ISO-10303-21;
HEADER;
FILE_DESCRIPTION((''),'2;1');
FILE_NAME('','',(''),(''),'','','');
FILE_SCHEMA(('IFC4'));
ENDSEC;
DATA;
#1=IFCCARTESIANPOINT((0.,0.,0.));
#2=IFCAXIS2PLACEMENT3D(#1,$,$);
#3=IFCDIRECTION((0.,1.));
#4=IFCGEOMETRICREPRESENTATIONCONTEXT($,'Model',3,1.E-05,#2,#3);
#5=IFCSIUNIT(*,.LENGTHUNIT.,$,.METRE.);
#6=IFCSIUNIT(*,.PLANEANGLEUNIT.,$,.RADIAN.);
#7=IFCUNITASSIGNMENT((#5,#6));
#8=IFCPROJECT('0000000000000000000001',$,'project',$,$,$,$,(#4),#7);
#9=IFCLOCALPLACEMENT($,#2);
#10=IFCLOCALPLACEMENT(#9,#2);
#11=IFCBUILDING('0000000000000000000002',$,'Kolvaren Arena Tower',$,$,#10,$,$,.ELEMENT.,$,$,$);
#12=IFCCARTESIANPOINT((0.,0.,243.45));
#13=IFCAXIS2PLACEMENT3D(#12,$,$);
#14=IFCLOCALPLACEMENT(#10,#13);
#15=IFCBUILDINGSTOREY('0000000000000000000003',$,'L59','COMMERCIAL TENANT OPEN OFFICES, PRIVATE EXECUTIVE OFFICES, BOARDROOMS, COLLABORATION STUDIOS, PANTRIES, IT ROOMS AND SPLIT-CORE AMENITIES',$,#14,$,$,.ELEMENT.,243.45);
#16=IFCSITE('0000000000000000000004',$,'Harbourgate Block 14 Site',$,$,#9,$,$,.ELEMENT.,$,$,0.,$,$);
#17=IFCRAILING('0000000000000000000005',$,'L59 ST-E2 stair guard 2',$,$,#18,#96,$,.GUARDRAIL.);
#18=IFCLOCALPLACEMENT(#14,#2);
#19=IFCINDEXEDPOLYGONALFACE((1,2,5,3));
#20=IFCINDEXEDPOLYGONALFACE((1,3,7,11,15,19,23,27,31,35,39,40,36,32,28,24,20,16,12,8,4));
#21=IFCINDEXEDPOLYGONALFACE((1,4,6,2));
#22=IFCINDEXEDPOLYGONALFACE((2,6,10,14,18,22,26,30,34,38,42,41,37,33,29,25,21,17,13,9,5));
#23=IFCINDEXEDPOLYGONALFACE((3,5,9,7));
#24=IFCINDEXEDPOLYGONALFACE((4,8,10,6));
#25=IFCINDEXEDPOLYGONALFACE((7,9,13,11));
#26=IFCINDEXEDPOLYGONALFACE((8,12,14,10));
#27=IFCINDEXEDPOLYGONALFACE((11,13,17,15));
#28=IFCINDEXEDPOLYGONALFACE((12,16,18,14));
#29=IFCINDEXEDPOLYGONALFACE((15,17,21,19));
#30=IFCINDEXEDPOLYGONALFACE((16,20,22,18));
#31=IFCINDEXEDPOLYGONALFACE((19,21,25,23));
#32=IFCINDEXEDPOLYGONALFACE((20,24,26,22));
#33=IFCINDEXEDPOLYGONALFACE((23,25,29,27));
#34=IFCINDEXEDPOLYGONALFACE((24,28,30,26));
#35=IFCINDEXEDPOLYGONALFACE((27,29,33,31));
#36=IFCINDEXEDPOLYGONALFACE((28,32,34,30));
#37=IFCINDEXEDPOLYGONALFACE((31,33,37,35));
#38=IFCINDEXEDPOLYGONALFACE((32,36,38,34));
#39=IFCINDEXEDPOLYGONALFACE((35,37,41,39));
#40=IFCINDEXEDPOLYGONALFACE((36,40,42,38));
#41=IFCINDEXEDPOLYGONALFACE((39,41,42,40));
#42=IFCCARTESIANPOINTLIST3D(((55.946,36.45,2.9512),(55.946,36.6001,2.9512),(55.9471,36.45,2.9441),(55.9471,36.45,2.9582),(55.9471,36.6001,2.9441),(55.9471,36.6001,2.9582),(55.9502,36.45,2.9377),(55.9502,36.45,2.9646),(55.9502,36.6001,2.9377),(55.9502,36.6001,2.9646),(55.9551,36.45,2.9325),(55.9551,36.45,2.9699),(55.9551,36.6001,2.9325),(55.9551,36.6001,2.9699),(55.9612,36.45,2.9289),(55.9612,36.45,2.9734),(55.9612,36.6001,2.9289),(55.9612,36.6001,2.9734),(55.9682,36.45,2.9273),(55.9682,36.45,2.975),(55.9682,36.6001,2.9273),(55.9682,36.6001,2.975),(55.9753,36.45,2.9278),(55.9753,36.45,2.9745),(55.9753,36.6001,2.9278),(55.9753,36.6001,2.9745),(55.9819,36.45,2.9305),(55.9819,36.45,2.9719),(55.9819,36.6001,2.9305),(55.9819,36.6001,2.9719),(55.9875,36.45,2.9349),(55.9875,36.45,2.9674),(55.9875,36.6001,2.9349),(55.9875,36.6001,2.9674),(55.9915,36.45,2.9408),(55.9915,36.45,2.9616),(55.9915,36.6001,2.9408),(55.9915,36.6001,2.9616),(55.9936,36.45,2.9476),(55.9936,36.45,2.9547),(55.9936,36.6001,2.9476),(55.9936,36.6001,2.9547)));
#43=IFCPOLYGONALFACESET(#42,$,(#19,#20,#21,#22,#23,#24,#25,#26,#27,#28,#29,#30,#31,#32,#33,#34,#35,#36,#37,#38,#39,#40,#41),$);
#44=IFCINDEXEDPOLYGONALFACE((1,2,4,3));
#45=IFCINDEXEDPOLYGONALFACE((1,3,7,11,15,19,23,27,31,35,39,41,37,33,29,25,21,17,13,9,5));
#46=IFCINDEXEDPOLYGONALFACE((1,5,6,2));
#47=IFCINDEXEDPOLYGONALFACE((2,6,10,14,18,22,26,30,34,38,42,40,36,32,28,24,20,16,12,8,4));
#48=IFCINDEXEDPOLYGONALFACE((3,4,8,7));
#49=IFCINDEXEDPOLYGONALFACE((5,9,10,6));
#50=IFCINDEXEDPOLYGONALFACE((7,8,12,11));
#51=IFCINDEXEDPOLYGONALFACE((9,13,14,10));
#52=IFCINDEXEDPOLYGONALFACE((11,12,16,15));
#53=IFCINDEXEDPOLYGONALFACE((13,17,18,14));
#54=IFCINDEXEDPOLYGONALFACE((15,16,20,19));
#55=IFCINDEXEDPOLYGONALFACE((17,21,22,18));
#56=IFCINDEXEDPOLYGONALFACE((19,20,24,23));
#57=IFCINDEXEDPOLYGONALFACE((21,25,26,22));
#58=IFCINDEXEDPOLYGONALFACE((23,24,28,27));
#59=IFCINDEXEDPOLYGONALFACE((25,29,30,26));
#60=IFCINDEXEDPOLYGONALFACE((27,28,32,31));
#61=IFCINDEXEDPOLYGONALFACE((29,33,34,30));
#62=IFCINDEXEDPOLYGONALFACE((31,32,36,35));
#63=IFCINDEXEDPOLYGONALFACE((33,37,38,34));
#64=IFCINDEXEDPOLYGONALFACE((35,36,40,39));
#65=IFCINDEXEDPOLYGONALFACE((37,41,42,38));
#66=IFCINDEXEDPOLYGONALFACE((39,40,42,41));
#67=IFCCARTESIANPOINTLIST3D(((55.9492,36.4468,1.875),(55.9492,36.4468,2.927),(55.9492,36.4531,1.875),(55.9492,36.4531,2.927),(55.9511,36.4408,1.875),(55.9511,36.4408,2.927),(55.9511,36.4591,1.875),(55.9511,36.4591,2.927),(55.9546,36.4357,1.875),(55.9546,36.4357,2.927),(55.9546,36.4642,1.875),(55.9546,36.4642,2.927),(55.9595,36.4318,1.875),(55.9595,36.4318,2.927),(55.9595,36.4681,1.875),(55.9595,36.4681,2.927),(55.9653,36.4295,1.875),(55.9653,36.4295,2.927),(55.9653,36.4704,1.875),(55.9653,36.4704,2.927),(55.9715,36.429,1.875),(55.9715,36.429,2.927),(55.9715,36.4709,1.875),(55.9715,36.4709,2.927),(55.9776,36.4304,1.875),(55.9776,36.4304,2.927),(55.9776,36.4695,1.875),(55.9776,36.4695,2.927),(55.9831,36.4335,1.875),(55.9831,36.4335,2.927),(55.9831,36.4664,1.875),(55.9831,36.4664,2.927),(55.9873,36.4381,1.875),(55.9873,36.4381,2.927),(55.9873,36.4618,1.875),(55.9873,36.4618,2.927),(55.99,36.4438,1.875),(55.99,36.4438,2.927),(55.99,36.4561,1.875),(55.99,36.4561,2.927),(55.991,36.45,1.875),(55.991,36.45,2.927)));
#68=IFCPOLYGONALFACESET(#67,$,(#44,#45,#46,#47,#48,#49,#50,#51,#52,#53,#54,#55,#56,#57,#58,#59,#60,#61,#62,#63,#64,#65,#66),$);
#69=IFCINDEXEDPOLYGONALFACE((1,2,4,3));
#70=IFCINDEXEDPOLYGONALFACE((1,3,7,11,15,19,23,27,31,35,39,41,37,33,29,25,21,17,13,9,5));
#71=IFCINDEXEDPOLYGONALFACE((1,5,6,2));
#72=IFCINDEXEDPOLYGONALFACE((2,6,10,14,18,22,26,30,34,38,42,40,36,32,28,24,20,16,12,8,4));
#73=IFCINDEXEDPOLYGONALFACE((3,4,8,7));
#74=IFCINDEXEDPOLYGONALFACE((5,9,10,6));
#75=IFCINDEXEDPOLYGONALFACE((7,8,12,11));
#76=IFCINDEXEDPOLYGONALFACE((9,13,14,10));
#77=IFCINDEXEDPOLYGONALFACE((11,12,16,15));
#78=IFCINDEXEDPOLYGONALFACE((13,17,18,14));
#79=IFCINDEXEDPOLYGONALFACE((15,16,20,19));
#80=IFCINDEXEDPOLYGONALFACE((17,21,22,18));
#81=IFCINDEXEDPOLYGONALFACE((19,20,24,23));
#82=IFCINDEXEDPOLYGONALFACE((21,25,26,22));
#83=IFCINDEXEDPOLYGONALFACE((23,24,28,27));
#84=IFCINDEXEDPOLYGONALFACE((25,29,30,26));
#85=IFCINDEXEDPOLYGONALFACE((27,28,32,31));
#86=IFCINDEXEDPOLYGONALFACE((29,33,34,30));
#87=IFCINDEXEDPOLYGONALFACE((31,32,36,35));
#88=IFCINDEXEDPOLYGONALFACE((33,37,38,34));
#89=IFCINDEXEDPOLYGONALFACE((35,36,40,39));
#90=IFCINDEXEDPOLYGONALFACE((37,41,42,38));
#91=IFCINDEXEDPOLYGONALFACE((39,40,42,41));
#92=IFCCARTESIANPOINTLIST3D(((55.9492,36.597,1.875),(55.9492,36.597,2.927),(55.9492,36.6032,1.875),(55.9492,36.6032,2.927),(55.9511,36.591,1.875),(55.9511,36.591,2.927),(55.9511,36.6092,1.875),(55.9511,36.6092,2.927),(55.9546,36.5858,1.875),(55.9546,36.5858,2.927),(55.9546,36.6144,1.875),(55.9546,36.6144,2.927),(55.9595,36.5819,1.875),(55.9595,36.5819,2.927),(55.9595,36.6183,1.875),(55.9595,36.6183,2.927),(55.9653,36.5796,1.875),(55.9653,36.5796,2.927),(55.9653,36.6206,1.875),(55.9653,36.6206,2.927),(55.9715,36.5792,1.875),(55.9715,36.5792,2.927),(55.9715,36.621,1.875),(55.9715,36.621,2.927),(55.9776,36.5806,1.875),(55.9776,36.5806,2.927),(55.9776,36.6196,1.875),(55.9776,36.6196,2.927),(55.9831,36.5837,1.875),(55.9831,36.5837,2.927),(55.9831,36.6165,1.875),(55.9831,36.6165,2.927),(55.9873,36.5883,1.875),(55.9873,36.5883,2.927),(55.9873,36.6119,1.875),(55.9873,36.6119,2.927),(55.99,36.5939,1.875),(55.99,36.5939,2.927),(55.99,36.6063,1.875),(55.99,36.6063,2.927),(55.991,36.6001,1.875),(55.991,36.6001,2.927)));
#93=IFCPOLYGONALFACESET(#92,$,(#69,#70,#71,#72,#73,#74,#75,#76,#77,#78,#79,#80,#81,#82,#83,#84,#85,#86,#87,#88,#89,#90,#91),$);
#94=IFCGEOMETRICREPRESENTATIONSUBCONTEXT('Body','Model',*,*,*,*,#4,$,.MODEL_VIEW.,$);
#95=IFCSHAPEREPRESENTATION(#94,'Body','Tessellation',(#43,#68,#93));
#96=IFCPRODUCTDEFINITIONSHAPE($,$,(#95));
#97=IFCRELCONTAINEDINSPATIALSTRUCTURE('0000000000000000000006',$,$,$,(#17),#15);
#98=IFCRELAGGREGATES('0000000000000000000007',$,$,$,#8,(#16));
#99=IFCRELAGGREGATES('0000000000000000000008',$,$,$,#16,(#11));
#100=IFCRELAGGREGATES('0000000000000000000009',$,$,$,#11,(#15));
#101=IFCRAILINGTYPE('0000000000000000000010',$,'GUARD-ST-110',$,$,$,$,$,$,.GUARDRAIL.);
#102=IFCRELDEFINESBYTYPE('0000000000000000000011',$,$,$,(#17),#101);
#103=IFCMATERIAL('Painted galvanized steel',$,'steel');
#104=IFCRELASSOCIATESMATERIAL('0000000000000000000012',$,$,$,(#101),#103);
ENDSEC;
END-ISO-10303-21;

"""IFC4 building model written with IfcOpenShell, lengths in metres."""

from ifc_helpers import new_model, si_unit, direction, frame, origin, origin_2d, place, context, subcontext, project, spatial, circle, extrude, material, type_object, element, save


model = new_model("IFC4")

# Units and contexts
model_context = context("Model", 3, precision=1e-05, world=origin(), true_north=direction((0.0, 1.0)))
body_context = subcontext(model_context, "Body", "Model", "MODEL_VIEW")
ifc_project = project(units=[si_unit("LENGTHUNIT", "METRE"), si_unit("PLANEANGLEUNIT", "RADIAN")], contexts=[model_context])

# Site, building, storey
site_placement = place(None, origin())
site = spatial("IfcSite", under=ifc_project, at=site_placement, Name="Harbourgate Block 14 Site", CompositionType="ELEMENT", RefElevation=0.0)
building_placement = place(site_placement, origin())
building = spatial("IfcBuilding", under=site, at=building_placement, Name="Kolvaren Arena Tower", CompositionType="ELEMENT")
storey_placement = place(building_placement, frame((0.0, 0.0, 243.45)))
storey = spatial("IfcBuildingStorey", under=building, at=storey_placement, Name="L59", Description="COMMERCIAL TENANT OPEN OFFICES, PRIVATE EXECUTIVE OFFICES, BOARDROOMS, COLLABORATION STUDIOS, PANTRIES, IT ROOMS AND SPLIT-CORE AMENITIES", CompositionType="ELEMENT", Elevation=243.45)

# Railing
ifc_material_1 = material(Name="Painted galvanized steel", Category="steel")
railing_type_1 = type_object("IfcRailingType", Name="GUARD-ST-110", PredefinedType="GUARDRAIL", material=ifc_material_1)
railing_1_placement = place(storey_placement, frame((55.97, 36.45, 1.875)))
element("IfcRailing", 1, at=railing_1_placement, inside=storey, type_object=railing_type_1, Name="L59 ST-E2 stair guard 2", PredefinedType="GUARDRAIL", context=body_context, shape_type="SweptSolid", body=[
    extrude(circle(Radius=0.0239, at=origin_2d()), frame((0.0, 0.0, 1.0762), z_axis=(0.0, 1.0, 0.0), x_axis=(-1.0, 0.0, 0.0)), (0.0, 0.0, 1.0), 0.1501),
    extrude(circle(Radius=0.021, at=origin_2d()), origin(), (0.0, 0.0, 1.0), 1.052),
    extrude(circle(Radius=0.021, at=origin_2d()), frame((0.0, 0.1501, 0.0)), (0.0, 0.0, 1.0), 1.052),
])

save(model, "model.ifc")
